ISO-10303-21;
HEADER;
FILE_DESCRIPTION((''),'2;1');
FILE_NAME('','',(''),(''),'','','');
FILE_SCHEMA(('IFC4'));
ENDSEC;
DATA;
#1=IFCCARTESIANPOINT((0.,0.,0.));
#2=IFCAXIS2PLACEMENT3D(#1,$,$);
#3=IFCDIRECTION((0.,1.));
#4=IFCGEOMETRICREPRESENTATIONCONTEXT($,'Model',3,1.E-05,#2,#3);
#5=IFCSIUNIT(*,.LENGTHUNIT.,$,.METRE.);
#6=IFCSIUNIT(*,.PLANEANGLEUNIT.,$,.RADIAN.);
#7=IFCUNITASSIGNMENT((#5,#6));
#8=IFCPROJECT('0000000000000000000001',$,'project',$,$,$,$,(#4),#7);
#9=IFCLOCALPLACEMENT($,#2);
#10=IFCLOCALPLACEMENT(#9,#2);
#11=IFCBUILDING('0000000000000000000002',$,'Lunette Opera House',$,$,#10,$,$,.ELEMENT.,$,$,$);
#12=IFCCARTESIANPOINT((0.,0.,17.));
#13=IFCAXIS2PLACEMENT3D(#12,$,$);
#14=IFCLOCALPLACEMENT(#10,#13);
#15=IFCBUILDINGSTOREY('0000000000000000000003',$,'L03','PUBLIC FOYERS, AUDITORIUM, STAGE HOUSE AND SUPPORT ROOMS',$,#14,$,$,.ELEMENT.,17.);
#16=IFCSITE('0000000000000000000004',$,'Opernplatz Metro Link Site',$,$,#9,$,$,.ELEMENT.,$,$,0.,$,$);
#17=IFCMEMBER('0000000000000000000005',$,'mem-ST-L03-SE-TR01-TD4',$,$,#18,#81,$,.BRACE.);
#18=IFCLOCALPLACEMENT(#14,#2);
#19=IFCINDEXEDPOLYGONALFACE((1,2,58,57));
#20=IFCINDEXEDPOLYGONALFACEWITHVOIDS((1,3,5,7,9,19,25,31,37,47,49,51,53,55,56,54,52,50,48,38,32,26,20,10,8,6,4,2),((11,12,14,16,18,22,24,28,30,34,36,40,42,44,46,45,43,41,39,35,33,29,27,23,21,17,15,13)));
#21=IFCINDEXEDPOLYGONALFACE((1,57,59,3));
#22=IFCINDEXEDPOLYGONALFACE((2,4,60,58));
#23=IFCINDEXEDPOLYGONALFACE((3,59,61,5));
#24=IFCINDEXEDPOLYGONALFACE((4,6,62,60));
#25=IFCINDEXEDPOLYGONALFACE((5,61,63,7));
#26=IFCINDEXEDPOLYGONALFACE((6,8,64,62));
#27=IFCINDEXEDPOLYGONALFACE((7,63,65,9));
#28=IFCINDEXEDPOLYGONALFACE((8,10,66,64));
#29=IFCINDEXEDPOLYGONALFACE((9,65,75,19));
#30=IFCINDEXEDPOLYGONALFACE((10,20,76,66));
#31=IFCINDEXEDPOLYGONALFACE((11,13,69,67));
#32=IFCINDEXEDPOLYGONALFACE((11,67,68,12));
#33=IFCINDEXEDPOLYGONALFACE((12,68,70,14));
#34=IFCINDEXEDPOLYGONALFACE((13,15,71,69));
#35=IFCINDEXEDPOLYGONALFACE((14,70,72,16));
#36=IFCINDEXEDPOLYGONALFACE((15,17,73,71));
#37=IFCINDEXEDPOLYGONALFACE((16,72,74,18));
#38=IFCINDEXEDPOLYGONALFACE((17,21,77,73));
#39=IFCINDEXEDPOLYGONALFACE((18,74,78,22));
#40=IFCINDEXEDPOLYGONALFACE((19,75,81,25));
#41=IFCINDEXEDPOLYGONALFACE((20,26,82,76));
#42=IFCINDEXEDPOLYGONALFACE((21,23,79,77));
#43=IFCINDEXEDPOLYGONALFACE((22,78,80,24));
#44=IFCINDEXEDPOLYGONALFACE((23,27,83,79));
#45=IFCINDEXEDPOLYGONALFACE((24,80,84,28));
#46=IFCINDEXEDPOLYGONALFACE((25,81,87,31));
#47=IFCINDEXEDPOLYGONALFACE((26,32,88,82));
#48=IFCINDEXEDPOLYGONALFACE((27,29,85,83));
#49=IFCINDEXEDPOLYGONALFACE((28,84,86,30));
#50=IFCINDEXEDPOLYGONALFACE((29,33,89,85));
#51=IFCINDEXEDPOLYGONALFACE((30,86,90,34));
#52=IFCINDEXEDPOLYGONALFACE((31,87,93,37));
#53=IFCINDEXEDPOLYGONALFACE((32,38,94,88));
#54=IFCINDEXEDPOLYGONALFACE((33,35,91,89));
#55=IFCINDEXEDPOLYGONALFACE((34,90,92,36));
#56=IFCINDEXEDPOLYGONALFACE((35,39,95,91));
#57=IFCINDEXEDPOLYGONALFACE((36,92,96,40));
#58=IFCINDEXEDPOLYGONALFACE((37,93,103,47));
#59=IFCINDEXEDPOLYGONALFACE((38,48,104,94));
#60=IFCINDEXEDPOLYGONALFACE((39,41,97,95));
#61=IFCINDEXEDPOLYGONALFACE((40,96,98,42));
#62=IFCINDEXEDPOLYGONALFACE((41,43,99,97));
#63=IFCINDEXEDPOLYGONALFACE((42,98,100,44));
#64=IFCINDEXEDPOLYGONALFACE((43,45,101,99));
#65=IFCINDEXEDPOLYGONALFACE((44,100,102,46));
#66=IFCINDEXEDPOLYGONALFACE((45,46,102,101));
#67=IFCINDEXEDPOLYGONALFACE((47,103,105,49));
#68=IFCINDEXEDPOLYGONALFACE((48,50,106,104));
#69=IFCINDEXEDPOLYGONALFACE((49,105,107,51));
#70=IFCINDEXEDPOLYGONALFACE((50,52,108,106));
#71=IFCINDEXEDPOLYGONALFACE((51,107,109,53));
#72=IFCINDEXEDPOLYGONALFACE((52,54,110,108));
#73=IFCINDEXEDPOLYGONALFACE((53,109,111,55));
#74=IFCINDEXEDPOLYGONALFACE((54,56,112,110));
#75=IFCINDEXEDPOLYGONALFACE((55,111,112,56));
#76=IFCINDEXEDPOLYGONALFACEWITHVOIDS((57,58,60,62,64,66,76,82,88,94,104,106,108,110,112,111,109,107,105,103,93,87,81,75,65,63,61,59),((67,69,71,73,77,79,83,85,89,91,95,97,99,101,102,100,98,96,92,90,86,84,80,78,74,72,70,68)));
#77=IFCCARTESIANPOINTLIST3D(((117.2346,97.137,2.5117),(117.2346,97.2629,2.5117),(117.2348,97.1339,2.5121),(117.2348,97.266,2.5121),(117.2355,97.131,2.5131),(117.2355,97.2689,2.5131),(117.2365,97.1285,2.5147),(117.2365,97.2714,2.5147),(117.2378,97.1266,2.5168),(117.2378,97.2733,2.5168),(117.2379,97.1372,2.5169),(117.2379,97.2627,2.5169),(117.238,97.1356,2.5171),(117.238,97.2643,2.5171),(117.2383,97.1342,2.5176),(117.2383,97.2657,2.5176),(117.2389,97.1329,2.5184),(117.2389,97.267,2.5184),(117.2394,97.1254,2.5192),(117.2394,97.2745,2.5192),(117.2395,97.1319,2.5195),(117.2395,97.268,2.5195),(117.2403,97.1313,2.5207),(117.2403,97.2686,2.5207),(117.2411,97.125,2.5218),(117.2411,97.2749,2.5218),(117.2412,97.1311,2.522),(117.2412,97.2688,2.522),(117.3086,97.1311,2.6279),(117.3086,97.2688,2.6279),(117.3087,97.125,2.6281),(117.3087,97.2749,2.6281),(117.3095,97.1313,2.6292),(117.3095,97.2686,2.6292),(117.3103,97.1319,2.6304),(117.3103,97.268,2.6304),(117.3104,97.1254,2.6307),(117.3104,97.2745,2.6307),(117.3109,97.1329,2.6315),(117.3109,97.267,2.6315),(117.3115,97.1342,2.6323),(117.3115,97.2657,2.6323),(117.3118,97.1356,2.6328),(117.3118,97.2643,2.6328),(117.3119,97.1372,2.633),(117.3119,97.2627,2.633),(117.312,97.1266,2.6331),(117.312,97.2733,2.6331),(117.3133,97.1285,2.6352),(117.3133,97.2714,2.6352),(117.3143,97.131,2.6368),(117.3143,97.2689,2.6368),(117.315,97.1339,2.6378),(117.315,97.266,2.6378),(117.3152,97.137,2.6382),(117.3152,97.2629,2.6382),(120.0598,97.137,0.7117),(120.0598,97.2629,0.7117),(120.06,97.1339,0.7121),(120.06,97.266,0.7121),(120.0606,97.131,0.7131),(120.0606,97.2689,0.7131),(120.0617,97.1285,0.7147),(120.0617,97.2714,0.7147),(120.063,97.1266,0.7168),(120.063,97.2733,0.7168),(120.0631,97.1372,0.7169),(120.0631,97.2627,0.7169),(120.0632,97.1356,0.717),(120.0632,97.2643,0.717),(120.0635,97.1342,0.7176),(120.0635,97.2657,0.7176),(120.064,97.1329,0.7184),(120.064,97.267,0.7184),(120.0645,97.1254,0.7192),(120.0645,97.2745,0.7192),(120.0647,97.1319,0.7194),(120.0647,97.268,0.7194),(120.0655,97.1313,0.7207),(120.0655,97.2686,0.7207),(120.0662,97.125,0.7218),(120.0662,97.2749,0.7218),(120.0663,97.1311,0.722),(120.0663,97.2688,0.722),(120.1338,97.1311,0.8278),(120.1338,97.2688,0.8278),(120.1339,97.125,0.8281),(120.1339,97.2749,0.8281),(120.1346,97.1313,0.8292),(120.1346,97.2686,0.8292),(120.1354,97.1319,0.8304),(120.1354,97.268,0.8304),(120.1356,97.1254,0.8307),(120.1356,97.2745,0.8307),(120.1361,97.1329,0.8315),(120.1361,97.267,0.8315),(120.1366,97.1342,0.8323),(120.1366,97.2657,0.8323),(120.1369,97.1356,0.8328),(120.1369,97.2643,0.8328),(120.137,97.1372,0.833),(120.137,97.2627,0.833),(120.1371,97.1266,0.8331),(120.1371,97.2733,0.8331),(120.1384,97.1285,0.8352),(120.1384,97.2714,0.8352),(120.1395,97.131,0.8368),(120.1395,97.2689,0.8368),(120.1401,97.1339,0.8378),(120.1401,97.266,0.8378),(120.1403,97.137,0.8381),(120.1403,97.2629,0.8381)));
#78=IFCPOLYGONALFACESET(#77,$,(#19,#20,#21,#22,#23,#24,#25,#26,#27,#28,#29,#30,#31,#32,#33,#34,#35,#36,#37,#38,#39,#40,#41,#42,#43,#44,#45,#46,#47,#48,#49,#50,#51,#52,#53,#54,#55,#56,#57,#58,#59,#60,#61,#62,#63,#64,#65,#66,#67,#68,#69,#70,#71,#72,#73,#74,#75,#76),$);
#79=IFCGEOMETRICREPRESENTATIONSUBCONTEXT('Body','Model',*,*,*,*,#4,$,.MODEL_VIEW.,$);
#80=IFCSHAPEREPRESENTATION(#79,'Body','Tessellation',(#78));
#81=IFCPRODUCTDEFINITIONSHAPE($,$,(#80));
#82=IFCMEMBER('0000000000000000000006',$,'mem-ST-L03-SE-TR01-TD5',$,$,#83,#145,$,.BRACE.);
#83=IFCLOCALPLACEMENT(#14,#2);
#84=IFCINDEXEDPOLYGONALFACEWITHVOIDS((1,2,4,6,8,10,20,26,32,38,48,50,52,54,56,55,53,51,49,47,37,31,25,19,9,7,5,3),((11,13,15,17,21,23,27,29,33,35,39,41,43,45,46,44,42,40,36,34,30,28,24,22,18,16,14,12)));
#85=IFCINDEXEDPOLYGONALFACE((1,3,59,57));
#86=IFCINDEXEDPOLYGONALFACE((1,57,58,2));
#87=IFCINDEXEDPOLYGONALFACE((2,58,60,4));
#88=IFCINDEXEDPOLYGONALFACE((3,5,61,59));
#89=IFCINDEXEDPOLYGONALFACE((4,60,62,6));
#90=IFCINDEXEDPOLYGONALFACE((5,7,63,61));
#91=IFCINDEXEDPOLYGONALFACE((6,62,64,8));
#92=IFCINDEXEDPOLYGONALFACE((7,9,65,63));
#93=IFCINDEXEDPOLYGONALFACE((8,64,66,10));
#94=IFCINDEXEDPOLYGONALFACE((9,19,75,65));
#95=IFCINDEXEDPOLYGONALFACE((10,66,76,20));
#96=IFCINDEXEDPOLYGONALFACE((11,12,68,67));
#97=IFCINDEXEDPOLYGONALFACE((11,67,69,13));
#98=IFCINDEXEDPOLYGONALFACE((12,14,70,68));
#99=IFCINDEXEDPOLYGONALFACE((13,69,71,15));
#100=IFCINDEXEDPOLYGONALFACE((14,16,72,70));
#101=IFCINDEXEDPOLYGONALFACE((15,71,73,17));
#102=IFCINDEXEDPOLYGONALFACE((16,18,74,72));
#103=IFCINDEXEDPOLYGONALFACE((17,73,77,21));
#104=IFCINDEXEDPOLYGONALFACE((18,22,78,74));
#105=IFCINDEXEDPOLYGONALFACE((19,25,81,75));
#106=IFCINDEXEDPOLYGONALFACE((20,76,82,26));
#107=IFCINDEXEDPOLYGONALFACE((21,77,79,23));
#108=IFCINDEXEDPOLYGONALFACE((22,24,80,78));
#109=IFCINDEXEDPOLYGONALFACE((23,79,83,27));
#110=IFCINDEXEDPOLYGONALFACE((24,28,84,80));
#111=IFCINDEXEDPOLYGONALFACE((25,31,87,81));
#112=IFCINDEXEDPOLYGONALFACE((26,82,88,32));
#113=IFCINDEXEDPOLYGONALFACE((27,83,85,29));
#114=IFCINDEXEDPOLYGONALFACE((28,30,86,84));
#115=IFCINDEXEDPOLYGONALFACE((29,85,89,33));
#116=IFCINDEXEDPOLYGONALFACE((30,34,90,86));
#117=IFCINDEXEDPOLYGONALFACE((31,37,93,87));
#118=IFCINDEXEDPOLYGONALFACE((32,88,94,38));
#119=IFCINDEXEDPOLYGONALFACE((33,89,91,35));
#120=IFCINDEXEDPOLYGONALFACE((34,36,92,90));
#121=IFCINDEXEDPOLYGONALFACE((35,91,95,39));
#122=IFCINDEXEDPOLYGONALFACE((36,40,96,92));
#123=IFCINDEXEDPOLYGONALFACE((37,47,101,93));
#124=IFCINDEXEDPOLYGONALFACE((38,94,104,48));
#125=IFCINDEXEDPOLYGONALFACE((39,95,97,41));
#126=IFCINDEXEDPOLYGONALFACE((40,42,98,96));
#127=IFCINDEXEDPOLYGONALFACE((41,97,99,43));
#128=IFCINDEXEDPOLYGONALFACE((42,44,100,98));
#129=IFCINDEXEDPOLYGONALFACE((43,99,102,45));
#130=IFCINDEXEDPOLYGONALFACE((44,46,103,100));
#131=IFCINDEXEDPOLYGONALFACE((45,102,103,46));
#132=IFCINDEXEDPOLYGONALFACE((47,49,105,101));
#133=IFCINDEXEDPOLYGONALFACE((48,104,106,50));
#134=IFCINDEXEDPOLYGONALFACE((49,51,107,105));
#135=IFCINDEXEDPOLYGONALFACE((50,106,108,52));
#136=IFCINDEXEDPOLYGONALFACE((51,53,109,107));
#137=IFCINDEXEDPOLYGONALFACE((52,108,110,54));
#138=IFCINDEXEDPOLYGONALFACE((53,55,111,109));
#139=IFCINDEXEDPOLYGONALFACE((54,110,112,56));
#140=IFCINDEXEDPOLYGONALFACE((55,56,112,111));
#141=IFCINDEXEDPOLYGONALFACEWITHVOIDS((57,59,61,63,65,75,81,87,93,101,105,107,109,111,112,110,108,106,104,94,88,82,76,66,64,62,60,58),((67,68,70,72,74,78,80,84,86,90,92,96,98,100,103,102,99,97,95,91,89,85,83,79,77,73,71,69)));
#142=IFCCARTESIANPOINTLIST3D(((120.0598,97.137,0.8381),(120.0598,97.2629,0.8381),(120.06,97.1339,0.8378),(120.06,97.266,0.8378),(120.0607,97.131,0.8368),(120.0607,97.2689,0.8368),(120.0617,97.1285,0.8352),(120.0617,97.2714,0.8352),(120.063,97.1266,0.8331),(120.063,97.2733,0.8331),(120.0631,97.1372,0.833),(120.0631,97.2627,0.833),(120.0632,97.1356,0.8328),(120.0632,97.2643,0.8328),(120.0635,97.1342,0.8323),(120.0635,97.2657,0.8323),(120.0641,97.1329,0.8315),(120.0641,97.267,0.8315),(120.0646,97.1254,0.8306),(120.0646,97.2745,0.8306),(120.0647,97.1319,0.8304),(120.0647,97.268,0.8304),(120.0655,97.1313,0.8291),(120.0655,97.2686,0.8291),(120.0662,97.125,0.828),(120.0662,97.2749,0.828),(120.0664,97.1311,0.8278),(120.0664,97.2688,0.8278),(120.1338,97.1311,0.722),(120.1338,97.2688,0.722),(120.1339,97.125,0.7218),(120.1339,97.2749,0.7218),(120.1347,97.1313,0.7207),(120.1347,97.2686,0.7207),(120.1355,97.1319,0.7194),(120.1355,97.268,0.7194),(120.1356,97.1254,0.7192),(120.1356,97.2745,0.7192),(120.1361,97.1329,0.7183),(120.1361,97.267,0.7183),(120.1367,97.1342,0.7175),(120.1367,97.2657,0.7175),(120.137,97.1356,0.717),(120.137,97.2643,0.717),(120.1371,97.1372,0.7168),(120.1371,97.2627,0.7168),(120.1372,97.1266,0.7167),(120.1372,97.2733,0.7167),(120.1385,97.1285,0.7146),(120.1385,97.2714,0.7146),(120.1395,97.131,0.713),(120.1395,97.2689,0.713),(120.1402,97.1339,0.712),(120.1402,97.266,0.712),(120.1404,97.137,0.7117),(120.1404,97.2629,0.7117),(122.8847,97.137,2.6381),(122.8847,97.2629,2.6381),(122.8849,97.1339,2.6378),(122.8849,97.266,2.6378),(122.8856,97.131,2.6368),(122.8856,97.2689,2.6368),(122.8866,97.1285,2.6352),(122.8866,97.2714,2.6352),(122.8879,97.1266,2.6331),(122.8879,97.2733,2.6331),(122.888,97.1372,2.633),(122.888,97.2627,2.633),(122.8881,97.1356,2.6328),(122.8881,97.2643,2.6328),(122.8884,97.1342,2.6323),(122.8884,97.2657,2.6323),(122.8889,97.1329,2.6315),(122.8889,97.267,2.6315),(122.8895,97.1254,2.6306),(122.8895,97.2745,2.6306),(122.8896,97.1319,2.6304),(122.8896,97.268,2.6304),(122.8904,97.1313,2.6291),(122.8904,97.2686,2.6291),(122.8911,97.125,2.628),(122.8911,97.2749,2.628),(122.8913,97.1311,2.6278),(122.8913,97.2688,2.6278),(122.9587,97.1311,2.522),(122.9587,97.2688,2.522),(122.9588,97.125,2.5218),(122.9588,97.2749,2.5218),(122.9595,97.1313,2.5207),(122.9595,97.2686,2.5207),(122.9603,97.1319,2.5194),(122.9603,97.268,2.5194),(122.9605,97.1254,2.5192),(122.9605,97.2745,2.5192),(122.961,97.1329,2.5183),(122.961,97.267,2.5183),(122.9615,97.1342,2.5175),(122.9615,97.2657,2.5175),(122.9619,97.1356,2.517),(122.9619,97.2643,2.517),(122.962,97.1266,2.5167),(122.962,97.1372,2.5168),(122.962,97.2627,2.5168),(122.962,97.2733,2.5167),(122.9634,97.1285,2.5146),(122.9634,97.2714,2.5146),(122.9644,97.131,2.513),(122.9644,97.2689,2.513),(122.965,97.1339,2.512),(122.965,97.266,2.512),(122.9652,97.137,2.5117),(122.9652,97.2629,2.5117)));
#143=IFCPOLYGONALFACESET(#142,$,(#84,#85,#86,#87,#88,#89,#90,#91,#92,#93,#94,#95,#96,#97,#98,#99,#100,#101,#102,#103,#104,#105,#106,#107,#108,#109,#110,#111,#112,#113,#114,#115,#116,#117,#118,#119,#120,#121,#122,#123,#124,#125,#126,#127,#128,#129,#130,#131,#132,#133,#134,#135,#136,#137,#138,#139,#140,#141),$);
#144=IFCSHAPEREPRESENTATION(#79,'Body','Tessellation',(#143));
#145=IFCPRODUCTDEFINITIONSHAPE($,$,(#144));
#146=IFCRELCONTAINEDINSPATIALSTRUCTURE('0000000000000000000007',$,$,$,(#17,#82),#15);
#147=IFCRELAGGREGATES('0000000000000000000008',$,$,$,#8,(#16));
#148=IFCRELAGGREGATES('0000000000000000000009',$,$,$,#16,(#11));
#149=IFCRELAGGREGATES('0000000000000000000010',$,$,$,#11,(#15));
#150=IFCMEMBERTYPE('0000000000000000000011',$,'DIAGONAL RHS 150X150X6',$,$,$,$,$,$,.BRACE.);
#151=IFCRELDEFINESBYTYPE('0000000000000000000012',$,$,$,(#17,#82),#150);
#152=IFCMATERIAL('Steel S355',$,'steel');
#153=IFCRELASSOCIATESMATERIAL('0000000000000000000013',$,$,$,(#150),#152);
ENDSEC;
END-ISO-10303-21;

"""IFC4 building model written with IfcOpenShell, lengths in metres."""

from ifc_helpers import new_model, si_unit, direction, frame, origin, origin_2d, place, context, subcontext, project, spatial, hollow_rectangle, extrude, material, material_profile, profile_set, type_object, element, save


model = new_model("IFC4")

# Units and contexts
model_context = context("Model", 3, precision=1e-05, world=origin(), true_north=direction((0.0, 1.0)))
body_context = subcontext(model_context, "Body", "Model", "MODEL_VIEW")
ifc_project = project(units=[si_unit("LENGTHUNIT", "METRE"), si_unit("PLANEANGLEUNIT", "RADIAN")], contexts=[model_context])

# Site, building, storey
site_placement = place(None, origin())
site = spatial("IfcSite", under=ifc_project, at=site_placement, Name="Opernplatz Metro Link Site", CompositionType="ELEMENT", RefElevation=0.0)
building_placement = place(site_placement, origin())
building = spatial("IfcBuilding", under=site, at=building_placement, Name="Lunette Opera House", CompositionType="ELEMENT")
storey_placement = place(building_placement, frame((0.0, 0.0, 17.0)))
storey = spatial("IfcBuildingStorey", under=building, at=storey_placement, Name="L03", Description="PUBLIC FOYERS, AUDITORIUM, STAGE HOUSE AND SUPPORT ROOMS", CompositionType="ELEMENT", Elevation=17.0)

# Members
ifc_material_1 = material(Name="Steel S355", Category="steel")
ifc_material_profile_1 = material_profile(ifc_material_1, hollow_rectangle(XDim=0.1499, YDim=0.1499, WallThickness=0.0061, InnerFilletRadius=0.0061, OuterFilletRadius=0.012, at=origin_2d()), Name="RHS 150X150X6")
ifc_profile_set_1 = profile_set([ifc_material_profile_1], Name="Steel S355")
member_type_1 = type_object("IfcMemberType", Name="DIAGONAL RHS 150X150X6", PredefinedType="BRACE", material=ifc_profile_set_1)
member_1_placement = place(storey_placement, frame((117.2749, 97.2, 2.575), z_axis=(0.843364, 0.0, -0.537342), x_axis=(0.0, 1.0, 0.0)))
element("IfcMember", 1, at=member_1_placement, inside=storey, type_object=member_type_1, Name="mem-ST-L03-SE-TR01-TD4", PredefinedType="BRACE", context=body_context, shape_type="SweptSolid", body=[
    extrude(hollow_rectangle(XDim=0.1499, YDim=0.1499, WallThickness=0.0061, InnerFilletRadius=0.0061, OuterFilletRadius=0.012, at=origin_2d()), origin(), (0.0, 0.0, 1.0), 3.3499),
])
for number, where, z_axis, x_axis, name in (
    (2, (120.1001, 97.2, 0.7749), (0.843343, 0.0, 0.537375), (0.0, 1.0, 0.0), "mem-ST-L03-SE-TR01-TD5"),
):
    element("IfcMember", number, at=place(storey_placement, frame(where, z_axis=z_axis, x_axis=x_axis)), inside=storey, type_object=member_type_1, Name=name, PredefinedType="BRACE", context=body_context, shape_type="SweptSolid", body=[
        extrude(hollow_rectangle(XDim=0.1499, YDim=0.1499, WallThickness=0.0061, InnerFilletRadius=0.0061, OuterFilletRadius=0.012, at=origin_2d()), origin(), (0.0, 0.0, 1.0), 3.3496),
    ])

save(model, "model.ifc")
